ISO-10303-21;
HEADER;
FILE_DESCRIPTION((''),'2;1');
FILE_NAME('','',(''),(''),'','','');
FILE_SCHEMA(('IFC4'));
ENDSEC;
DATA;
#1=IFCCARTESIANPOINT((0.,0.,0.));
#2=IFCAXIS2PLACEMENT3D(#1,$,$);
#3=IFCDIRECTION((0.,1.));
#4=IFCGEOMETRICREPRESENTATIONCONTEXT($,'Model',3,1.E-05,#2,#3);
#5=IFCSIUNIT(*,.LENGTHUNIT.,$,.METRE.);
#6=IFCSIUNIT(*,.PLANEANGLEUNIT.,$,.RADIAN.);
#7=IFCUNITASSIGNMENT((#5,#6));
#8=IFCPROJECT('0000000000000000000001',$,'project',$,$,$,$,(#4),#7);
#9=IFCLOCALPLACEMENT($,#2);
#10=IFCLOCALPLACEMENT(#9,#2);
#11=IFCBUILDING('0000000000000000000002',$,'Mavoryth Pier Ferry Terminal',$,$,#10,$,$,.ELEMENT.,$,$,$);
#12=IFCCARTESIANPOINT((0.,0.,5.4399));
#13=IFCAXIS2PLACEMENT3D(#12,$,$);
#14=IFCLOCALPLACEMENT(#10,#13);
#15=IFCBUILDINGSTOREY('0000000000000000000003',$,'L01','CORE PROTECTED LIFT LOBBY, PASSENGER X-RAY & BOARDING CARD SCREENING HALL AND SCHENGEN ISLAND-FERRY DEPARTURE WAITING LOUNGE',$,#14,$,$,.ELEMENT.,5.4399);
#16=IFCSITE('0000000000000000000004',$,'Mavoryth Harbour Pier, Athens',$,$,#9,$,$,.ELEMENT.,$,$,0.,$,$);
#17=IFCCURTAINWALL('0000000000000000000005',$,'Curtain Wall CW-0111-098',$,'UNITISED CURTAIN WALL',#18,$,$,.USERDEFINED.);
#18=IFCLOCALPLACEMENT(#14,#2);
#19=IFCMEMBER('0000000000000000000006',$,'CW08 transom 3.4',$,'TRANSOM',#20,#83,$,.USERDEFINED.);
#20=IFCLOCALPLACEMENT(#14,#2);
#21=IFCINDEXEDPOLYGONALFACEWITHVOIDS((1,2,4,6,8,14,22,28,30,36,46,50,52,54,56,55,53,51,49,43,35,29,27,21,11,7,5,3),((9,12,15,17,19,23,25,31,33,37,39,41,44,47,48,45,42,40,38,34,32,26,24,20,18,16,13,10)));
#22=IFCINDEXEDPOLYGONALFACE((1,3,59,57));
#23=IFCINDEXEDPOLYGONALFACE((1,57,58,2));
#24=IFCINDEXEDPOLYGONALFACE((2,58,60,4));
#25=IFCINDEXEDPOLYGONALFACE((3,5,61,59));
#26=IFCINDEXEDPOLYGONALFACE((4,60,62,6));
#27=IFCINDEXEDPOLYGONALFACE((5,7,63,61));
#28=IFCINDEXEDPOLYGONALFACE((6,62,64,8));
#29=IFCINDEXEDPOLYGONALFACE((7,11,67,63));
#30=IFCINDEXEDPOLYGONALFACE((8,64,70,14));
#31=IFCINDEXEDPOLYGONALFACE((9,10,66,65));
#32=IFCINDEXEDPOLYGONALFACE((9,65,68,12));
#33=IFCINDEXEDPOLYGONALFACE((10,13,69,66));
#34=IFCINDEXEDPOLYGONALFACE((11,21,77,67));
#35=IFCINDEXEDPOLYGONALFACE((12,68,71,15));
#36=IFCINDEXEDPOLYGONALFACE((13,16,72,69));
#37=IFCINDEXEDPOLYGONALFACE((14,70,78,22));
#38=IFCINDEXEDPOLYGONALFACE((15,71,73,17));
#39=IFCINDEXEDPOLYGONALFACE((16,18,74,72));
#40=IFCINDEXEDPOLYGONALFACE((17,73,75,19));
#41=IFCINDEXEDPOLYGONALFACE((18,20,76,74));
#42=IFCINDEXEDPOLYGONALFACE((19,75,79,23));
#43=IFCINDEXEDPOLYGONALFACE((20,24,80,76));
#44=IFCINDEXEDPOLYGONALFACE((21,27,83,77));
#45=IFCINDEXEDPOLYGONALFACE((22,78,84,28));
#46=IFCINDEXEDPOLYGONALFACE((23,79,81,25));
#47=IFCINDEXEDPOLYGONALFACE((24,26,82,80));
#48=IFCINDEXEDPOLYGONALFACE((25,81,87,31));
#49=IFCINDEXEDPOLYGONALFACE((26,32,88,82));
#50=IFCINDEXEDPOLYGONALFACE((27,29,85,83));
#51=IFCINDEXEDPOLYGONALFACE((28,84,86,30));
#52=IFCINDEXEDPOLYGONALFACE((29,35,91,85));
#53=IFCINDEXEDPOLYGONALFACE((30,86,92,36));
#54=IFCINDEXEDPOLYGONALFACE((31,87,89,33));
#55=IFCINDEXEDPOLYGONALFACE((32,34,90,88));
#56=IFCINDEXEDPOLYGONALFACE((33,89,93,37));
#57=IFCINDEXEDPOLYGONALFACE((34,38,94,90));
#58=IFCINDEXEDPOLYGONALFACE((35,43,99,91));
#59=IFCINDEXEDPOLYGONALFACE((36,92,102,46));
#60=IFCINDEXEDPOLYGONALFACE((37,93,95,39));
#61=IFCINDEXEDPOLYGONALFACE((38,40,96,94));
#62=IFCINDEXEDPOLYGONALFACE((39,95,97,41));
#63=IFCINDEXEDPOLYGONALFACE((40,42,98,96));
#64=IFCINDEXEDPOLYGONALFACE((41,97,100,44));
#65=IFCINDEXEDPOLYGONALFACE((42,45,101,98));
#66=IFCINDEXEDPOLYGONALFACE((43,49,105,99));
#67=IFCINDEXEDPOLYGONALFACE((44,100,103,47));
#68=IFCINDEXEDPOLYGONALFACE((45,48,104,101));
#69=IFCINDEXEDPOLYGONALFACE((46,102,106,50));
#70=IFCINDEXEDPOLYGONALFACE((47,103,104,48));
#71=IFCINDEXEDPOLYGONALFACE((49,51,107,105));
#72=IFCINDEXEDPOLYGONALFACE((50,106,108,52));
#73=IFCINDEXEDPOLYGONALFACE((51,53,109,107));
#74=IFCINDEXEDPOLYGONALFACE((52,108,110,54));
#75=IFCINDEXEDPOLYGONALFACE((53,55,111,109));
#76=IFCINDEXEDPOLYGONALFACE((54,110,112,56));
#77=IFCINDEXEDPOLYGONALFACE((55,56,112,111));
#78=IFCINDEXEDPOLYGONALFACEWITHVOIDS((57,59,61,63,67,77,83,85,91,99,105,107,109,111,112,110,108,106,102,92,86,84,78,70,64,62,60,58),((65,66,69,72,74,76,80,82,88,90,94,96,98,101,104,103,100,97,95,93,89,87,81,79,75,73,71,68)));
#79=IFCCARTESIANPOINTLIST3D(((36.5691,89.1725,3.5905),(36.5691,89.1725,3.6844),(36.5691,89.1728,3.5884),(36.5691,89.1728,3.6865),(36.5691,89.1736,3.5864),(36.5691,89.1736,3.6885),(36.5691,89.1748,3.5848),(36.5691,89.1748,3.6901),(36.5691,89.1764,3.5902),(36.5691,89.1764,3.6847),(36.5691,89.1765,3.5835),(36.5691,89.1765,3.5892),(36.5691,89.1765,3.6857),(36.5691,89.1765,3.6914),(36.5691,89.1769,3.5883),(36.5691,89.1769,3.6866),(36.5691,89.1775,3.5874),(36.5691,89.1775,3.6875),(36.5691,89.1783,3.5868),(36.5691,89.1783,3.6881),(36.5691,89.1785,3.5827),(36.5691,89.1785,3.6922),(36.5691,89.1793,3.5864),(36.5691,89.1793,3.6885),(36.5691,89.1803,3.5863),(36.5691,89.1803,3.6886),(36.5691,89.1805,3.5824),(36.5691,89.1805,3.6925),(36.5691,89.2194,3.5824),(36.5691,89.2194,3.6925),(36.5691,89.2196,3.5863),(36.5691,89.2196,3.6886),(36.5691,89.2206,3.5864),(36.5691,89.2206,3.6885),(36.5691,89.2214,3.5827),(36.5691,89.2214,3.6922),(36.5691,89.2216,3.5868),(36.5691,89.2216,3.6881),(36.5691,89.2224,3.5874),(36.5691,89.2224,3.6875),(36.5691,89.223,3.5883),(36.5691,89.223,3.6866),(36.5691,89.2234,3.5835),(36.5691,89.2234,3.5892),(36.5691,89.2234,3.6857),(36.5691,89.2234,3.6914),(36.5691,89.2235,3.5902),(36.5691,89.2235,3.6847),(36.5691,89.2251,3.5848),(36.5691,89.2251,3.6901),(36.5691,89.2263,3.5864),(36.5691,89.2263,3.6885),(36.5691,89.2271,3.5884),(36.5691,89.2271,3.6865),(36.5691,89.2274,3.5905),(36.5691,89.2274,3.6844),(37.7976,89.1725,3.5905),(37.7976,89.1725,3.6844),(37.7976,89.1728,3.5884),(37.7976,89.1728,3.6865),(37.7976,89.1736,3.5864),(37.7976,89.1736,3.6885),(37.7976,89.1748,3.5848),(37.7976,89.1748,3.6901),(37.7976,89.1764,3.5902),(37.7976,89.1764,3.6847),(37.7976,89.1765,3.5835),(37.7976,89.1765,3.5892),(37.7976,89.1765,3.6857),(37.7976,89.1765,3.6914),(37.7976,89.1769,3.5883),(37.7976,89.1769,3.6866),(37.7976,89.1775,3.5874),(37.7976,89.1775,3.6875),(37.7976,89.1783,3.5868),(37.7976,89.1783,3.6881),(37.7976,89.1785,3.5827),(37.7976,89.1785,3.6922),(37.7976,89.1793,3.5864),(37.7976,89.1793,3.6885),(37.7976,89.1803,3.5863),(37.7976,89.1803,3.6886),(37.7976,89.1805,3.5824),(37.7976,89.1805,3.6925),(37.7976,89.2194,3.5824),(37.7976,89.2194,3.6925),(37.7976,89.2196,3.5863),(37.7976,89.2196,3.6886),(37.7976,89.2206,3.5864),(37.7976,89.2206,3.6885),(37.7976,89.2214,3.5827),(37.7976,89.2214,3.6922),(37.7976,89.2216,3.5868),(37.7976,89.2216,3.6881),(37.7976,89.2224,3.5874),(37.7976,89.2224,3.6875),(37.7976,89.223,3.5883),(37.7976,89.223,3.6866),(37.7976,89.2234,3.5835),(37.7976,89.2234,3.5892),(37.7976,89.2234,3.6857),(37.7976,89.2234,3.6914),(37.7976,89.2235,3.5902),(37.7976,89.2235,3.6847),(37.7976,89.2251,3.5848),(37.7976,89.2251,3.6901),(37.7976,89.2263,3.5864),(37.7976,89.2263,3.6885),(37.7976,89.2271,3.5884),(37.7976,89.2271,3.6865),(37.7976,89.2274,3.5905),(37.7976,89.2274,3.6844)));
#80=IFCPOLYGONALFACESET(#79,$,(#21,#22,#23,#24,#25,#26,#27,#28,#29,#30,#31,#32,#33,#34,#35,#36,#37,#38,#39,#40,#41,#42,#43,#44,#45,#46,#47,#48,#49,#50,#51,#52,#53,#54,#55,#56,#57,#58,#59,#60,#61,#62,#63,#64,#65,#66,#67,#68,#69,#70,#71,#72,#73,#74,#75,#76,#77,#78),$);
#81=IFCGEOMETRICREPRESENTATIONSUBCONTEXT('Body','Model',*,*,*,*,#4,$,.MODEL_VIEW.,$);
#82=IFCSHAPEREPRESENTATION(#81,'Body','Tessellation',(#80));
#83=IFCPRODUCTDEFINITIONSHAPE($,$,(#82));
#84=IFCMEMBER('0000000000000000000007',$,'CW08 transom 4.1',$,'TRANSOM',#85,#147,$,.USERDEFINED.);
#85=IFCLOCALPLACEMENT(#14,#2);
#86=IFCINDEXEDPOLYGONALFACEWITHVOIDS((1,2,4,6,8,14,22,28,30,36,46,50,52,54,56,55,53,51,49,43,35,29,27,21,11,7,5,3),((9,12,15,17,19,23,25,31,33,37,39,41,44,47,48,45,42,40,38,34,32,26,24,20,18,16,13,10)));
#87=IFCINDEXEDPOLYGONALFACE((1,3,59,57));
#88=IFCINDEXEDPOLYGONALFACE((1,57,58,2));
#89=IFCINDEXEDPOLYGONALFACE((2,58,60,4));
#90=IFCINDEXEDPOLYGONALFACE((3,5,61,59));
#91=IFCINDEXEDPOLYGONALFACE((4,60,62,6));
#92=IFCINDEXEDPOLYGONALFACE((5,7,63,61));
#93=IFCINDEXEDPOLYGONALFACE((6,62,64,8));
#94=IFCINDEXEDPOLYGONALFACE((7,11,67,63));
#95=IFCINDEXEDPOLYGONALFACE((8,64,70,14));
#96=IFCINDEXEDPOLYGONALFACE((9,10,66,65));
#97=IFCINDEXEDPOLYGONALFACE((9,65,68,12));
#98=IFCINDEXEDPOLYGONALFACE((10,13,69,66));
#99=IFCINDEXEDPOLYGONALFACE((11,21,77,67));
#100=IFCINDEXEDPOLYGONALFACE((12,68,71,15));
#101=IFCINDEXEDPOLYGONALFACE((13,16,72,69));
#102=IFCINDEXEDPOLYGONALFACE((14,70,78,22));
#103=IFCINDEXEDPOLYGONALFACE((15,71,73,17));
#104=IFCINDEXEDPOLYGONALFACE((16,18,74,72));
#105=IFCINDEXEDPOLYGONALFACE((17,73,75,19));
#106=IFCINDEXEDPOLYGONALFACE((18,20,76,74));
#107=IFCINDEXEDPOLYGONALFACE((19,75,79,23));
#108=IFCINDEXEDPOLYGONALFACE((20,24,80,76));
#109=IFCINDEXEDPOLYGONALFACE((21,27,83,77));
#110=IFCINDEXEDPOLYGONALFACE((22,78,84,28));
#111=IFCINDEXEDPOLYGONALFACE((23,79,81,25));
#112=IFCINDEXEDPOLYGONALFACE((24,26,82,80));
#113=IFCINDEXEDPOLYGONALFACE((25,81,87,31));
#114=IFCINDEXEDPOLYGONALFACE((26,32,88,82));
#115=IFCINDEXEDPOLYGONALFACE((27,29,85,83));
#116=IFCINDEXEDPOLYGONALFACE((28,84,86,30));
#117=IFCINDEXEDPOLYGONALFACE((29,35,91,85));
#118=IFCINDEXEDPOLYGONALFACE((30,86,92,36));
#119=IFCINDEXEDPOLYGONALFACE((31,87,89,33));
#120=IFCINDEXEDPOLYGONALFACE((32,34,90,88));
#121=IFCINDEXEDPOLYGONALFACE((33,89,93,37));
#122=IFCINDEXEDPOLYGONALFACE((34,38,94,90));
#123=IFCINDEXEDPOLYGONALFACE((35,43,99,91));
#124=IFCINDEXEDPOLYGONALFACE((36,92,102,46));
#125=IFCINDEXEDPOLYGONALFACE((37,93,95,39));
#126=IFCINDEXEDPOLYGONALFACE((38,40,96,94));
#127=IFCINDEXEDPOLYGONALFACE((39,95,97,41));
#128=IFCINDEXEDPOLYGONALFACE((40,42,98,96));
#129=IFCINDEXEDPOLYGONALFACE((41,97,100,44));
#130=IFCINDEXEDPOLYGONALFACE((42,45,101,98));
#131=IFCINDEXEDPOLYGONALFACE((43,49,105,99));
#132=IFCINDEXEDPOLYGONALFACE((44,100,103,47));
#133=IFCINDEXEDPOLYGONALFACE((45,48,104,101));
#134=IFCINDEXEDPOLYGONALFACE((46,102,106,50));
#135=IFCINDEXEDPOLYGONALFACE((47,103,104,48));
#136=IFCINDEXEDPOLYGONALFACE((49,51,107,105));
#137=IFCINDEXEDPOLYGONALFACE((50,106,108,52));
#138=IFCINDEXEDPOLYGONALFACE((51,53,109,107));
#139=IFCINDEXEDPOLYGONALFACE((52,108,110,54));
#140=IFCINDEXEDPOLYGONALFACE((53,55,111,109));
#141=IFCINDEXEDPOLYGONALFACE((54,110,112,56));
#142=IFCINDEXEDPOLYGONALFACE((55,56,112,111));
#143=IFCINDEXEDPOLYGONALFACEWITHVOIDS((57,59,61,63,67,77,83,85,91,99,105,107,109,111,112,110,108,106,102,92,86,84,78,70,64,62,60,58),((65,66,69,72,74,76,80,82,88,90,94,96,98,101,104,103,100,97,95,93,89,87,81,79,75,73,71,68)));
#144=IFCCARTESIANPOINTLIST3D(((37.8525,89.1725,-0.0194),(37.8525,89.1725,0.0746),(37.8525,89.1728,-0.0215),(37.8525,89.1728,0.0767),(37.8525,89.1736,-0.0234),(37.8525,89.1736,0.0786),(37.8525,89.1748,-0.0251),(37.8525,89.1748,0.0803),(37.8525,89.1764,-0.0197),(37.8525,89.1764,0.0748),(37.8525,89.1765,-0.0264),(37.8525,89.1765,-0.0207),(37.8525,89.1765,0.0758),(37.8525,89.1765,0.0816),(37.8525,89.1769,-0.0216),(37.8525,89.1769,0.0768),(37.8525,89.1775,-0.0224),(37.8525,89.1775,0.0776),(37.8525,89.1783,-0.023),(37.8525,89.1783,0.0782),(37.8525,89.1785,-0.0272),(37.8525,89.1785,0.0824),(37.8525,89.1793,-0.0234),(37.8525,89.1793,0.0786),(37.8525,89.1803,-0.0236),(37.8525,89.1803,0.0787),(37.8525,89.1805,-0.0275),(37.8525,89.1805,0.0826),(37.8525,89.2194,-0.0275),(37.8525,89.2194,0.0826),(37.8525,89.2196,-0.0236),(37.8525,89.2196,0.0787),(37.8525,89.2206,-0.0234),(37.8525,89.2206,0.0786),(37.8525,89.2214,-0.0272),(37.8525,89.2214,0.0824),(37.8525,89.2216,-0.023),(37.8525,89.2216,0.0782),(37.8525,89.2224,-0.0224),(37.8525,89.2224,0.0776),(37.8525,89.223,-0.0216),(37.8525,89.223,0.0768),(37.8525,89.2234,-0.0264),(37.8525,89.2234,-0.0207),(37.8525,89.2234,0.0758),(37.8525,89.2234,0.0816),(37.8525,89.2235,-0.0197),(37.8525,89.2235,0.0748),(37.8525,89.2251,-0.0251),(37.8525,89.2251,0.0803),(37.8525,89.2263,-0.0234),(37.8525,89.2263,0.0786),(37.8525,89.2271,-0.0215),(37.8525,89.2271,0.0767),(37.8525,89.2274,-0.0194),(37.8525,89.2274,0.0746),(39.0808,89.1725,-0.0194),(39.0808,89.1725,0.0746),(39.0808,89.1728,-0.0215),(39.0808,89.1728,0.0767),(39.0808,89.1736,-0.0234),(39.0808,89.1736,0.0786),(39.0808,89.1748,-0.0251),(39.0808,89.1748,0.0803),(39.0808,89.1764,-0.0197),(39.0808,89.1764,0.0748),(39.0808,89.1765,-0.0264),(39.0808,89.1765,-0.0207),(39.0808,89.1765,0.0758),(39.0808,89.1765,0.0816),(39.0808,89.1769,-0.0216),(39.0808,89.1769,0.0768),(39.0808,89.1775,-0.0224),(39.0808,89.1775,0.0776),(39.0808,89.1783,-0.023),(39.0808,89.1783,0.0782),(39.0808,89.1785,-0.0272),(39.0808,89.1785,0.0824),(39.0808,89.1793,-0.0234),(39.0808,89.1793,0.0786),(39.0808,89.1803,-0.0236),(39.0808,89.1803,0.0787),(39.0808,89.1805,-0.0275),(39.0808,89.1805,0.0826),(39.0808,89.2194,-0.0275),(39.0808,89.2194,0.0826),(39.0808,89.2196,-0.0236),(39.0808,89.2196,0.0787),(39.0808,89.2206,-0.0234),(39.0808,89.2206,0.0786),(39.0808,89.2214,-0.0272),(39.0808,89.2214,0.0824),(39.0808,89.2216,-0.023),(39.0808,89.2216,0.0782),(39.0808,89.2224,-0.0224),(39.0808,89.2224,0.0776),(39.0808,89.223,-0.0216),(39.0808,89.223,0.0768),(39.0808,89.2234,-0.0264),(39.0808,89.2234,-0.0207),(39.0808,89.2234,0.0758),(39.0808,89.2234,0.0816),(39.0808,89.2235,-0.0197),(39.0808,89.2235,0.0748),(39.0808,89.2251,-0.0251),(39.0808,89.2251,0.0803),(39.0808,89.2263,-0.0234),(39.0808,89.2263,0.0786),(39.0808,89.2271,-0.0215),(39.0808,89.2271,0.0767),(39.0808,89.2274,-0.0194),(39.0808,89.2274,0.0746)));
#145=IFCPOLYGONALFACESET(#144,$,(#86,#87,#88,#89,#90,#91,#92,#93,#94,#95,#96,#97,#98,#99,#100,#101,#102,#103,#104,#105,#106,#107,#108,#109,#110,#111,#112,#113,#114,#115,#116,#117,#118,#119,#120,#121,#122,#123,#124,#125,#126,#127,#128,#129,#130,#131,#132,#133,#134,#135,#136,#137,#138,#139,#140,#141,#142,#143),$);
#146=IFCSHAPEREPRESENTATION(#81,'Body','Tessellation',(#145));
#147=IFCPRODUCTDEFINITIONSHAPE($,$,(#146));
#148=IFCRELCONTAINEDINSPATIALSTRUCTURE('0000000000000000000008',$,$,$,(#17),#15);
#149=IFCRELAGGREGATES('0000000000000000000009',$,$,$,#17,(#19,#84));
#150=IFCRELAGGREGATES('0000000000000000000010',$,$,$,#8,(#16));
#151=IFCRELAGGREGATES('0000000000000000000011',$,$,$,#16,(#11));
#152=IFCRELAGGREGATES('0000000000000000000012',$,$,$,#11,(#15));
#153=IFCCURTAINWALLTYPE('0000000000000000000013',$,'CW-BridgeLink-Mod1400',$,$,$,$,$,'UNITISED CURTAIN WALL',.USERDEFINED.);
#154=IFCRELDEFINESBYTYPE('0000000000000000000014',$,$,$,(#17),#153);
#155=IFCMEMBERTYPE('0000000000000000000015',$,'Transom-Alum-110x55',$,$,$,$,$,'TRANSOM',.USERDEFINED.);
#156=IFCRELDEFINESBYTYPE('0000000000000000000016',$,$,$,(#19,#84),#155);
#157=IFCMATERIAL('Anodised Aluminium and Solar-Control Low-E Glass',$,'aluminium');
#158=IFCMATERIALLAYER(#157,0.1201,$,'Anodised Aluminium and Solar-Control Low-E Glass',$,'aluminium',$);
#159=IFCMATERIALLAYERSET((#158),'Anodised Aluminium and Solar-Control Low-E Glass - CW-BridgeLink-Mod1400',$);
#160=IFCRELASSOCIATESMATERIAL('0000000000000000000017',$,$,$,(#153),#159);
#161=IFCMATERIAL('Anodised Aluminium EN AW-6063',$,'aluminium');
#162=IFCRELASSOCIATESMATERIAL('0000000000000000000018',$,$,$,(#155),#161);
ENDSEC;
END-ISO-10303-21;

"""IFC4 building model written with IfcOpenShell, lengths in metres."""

from ifc_helpers import new_model, si_unit, direction, frame, origin, origin_2d, place, context, subcontext, project, spatial, hollow_rectangle, extrude, material, layer, layer_set, material_profile, profile_set, type_object, element, aggregate, save


model = new_model("IFC4")

# Units and contexts
model_context = context("Model", 3, precision=1e-05, world=origin(), true_north=direction((0.0, 1.0)))
body_context = subcontext(model_context, "Body", "Model", "MODEL_VIEW")
ifc_project = project(units=[si_unit("LENGTHUNIT", "METRE"), si_unit("PLANEANGLEUNIT", "RADIAN")], contexts=[model_context])

# Site, building, storey
site_placement = place(None, origin())
site = spatial("IfcSite", under=ifc_project, at=site_placement, Name="Mavoryth Harbour Pier, Athens", CompositionType="ELEMENT", RefElevation=0.0)
building_placement = place(site_placement, origin())
building = spatial("IfcBuilding", under=site, at=building_placement, Name="Mavoryth Pier Ferry Terminal", CompositionType="ELEMENT")
storey_placement = place(building_placement, frame((0.0, 0.0, 5.4399)))
storey = spatial("IfcBuildingStorey", under=building, at=storey_placement, Name="L01", Description="CORE PROTECTED LIFT LOBBY, PASSENGER X-RAY & BOARDING CARD SCREENING HALL AND SCHENGEN ISLAND-FERRY DEPARTURE WAITING LOUNGE", CompositionType="ELEMENT", Elevation=5.4399)

# Curtain wall, members
ifc_material_1 = material(Name="Anodised Aluminium and Solar-Control Low-E Glass", Category="aluminium")
ifc_layer_1 = layer(ifc_material_1, 0.1201, Name="Anodised Aluminium and Solar-Control Low-E Glass", Category="aluminium")
ifc_layer_set_1 = layer_set([ifc_layer_1], Name="Anodised Aluminium and Solar-Control Low-E Glass - CW-BridgeLink-Mod1400")
curtain_wall_type = type_object("IfcCurtainWallType", Name="CW-BridgeLink-Mod1400", ElementType="UNITISED CURTAIN WALL", PredefinedType="USERDEFINED", material=ifc_layer_set_1)
curtain_wall_placement = place(storey_placement, origin())
curtain_wall = element("IfcCurtainWall", 1, at=curtain_wall_placement, inside=storey, type_object=curtain_wall_type, Name="Curtain Wall CW-0111-098", ObjectType="UNITISED CURTAIN WALL", PredefinedType="USERDEFINED")
ifc_material_2 = material(Name="Anodised Aluminium EN AW-6063", Category="aluminium")
ifc_material_profile_1 = material_profile(ifc_material_2, hollow_rectangle(XDim=0.0549, YDim=0.1101, WallThickness=0.0039, InnerFilletRadius=0.0039, OuterFilletRadius=0.0081, at=origin_2d()), Name="AL-TRAN 110x55x4", Category="aluminium")
ifc_profile_set_1 = profile_set([ifc_material_profile_1], Name="Anodised Aluminium EN AW-6063 - AL-TRAN 110x55x4")
member_type_1 = type_object("IfcMemberType", Name="Transom-Alum-110x55", ElementType="TRANSOM", PredefinedType="USERDEFINED", material=ifc_profile_set_1)
member_1_placement = place(storey_placement, frame((36.5691, 89.2, 3.6375), z_axis=(1.0, 0.0, 0.0), x_axis=(0.0, 1.0, 0.0)))
member_1 = element("IfcMember", 2, at=member_1_placement, type_object=member_type_1, Name="CW08 transom 3.4", ObjectType="TRANSOM", PredefinedType="USERDEFINED", context=body_context, shape_type="SweptSolid", body=[
    extrude(hollow_rectangle(XDim=0.0549, YDim=0.1101, WallThickness=0.0039, InnerFilletRadius=0.0039, OuterFilletRadius=0.0081, at=origin_2d()), origin(), (0.0, 0.0, 1.0), 1.2285),
])
member_2_placement = place(storey_placement, frame((37.8525, 89.2, 0.0276), z_axis=(1.0, 0.0, 0.0), x_axis=(0.0, 1.0, 0.0)))
member_2 = element("IfcMember", 3, at=member_2_placement, type_object=member_type_1, Name="CW08 transom 4.1", ObjectType="TRANSOM", PredefinedType="USERDEFINED", context=body_context, shape_type="SweptSolid", body=[
    extrude(hollow_rectangle(XDim=0.0549, YDim=0.1101, WallThickness=0.0039, InnerFilletRadius=0.0039, OuterFilletRadius=0.0081, at=origin_2d()), origin(), (0.0, 0.0, 1.0), 1.2283),
])
aggregate(curtain_wall, [member_1, member_2])

save(model, "model.ifc")
